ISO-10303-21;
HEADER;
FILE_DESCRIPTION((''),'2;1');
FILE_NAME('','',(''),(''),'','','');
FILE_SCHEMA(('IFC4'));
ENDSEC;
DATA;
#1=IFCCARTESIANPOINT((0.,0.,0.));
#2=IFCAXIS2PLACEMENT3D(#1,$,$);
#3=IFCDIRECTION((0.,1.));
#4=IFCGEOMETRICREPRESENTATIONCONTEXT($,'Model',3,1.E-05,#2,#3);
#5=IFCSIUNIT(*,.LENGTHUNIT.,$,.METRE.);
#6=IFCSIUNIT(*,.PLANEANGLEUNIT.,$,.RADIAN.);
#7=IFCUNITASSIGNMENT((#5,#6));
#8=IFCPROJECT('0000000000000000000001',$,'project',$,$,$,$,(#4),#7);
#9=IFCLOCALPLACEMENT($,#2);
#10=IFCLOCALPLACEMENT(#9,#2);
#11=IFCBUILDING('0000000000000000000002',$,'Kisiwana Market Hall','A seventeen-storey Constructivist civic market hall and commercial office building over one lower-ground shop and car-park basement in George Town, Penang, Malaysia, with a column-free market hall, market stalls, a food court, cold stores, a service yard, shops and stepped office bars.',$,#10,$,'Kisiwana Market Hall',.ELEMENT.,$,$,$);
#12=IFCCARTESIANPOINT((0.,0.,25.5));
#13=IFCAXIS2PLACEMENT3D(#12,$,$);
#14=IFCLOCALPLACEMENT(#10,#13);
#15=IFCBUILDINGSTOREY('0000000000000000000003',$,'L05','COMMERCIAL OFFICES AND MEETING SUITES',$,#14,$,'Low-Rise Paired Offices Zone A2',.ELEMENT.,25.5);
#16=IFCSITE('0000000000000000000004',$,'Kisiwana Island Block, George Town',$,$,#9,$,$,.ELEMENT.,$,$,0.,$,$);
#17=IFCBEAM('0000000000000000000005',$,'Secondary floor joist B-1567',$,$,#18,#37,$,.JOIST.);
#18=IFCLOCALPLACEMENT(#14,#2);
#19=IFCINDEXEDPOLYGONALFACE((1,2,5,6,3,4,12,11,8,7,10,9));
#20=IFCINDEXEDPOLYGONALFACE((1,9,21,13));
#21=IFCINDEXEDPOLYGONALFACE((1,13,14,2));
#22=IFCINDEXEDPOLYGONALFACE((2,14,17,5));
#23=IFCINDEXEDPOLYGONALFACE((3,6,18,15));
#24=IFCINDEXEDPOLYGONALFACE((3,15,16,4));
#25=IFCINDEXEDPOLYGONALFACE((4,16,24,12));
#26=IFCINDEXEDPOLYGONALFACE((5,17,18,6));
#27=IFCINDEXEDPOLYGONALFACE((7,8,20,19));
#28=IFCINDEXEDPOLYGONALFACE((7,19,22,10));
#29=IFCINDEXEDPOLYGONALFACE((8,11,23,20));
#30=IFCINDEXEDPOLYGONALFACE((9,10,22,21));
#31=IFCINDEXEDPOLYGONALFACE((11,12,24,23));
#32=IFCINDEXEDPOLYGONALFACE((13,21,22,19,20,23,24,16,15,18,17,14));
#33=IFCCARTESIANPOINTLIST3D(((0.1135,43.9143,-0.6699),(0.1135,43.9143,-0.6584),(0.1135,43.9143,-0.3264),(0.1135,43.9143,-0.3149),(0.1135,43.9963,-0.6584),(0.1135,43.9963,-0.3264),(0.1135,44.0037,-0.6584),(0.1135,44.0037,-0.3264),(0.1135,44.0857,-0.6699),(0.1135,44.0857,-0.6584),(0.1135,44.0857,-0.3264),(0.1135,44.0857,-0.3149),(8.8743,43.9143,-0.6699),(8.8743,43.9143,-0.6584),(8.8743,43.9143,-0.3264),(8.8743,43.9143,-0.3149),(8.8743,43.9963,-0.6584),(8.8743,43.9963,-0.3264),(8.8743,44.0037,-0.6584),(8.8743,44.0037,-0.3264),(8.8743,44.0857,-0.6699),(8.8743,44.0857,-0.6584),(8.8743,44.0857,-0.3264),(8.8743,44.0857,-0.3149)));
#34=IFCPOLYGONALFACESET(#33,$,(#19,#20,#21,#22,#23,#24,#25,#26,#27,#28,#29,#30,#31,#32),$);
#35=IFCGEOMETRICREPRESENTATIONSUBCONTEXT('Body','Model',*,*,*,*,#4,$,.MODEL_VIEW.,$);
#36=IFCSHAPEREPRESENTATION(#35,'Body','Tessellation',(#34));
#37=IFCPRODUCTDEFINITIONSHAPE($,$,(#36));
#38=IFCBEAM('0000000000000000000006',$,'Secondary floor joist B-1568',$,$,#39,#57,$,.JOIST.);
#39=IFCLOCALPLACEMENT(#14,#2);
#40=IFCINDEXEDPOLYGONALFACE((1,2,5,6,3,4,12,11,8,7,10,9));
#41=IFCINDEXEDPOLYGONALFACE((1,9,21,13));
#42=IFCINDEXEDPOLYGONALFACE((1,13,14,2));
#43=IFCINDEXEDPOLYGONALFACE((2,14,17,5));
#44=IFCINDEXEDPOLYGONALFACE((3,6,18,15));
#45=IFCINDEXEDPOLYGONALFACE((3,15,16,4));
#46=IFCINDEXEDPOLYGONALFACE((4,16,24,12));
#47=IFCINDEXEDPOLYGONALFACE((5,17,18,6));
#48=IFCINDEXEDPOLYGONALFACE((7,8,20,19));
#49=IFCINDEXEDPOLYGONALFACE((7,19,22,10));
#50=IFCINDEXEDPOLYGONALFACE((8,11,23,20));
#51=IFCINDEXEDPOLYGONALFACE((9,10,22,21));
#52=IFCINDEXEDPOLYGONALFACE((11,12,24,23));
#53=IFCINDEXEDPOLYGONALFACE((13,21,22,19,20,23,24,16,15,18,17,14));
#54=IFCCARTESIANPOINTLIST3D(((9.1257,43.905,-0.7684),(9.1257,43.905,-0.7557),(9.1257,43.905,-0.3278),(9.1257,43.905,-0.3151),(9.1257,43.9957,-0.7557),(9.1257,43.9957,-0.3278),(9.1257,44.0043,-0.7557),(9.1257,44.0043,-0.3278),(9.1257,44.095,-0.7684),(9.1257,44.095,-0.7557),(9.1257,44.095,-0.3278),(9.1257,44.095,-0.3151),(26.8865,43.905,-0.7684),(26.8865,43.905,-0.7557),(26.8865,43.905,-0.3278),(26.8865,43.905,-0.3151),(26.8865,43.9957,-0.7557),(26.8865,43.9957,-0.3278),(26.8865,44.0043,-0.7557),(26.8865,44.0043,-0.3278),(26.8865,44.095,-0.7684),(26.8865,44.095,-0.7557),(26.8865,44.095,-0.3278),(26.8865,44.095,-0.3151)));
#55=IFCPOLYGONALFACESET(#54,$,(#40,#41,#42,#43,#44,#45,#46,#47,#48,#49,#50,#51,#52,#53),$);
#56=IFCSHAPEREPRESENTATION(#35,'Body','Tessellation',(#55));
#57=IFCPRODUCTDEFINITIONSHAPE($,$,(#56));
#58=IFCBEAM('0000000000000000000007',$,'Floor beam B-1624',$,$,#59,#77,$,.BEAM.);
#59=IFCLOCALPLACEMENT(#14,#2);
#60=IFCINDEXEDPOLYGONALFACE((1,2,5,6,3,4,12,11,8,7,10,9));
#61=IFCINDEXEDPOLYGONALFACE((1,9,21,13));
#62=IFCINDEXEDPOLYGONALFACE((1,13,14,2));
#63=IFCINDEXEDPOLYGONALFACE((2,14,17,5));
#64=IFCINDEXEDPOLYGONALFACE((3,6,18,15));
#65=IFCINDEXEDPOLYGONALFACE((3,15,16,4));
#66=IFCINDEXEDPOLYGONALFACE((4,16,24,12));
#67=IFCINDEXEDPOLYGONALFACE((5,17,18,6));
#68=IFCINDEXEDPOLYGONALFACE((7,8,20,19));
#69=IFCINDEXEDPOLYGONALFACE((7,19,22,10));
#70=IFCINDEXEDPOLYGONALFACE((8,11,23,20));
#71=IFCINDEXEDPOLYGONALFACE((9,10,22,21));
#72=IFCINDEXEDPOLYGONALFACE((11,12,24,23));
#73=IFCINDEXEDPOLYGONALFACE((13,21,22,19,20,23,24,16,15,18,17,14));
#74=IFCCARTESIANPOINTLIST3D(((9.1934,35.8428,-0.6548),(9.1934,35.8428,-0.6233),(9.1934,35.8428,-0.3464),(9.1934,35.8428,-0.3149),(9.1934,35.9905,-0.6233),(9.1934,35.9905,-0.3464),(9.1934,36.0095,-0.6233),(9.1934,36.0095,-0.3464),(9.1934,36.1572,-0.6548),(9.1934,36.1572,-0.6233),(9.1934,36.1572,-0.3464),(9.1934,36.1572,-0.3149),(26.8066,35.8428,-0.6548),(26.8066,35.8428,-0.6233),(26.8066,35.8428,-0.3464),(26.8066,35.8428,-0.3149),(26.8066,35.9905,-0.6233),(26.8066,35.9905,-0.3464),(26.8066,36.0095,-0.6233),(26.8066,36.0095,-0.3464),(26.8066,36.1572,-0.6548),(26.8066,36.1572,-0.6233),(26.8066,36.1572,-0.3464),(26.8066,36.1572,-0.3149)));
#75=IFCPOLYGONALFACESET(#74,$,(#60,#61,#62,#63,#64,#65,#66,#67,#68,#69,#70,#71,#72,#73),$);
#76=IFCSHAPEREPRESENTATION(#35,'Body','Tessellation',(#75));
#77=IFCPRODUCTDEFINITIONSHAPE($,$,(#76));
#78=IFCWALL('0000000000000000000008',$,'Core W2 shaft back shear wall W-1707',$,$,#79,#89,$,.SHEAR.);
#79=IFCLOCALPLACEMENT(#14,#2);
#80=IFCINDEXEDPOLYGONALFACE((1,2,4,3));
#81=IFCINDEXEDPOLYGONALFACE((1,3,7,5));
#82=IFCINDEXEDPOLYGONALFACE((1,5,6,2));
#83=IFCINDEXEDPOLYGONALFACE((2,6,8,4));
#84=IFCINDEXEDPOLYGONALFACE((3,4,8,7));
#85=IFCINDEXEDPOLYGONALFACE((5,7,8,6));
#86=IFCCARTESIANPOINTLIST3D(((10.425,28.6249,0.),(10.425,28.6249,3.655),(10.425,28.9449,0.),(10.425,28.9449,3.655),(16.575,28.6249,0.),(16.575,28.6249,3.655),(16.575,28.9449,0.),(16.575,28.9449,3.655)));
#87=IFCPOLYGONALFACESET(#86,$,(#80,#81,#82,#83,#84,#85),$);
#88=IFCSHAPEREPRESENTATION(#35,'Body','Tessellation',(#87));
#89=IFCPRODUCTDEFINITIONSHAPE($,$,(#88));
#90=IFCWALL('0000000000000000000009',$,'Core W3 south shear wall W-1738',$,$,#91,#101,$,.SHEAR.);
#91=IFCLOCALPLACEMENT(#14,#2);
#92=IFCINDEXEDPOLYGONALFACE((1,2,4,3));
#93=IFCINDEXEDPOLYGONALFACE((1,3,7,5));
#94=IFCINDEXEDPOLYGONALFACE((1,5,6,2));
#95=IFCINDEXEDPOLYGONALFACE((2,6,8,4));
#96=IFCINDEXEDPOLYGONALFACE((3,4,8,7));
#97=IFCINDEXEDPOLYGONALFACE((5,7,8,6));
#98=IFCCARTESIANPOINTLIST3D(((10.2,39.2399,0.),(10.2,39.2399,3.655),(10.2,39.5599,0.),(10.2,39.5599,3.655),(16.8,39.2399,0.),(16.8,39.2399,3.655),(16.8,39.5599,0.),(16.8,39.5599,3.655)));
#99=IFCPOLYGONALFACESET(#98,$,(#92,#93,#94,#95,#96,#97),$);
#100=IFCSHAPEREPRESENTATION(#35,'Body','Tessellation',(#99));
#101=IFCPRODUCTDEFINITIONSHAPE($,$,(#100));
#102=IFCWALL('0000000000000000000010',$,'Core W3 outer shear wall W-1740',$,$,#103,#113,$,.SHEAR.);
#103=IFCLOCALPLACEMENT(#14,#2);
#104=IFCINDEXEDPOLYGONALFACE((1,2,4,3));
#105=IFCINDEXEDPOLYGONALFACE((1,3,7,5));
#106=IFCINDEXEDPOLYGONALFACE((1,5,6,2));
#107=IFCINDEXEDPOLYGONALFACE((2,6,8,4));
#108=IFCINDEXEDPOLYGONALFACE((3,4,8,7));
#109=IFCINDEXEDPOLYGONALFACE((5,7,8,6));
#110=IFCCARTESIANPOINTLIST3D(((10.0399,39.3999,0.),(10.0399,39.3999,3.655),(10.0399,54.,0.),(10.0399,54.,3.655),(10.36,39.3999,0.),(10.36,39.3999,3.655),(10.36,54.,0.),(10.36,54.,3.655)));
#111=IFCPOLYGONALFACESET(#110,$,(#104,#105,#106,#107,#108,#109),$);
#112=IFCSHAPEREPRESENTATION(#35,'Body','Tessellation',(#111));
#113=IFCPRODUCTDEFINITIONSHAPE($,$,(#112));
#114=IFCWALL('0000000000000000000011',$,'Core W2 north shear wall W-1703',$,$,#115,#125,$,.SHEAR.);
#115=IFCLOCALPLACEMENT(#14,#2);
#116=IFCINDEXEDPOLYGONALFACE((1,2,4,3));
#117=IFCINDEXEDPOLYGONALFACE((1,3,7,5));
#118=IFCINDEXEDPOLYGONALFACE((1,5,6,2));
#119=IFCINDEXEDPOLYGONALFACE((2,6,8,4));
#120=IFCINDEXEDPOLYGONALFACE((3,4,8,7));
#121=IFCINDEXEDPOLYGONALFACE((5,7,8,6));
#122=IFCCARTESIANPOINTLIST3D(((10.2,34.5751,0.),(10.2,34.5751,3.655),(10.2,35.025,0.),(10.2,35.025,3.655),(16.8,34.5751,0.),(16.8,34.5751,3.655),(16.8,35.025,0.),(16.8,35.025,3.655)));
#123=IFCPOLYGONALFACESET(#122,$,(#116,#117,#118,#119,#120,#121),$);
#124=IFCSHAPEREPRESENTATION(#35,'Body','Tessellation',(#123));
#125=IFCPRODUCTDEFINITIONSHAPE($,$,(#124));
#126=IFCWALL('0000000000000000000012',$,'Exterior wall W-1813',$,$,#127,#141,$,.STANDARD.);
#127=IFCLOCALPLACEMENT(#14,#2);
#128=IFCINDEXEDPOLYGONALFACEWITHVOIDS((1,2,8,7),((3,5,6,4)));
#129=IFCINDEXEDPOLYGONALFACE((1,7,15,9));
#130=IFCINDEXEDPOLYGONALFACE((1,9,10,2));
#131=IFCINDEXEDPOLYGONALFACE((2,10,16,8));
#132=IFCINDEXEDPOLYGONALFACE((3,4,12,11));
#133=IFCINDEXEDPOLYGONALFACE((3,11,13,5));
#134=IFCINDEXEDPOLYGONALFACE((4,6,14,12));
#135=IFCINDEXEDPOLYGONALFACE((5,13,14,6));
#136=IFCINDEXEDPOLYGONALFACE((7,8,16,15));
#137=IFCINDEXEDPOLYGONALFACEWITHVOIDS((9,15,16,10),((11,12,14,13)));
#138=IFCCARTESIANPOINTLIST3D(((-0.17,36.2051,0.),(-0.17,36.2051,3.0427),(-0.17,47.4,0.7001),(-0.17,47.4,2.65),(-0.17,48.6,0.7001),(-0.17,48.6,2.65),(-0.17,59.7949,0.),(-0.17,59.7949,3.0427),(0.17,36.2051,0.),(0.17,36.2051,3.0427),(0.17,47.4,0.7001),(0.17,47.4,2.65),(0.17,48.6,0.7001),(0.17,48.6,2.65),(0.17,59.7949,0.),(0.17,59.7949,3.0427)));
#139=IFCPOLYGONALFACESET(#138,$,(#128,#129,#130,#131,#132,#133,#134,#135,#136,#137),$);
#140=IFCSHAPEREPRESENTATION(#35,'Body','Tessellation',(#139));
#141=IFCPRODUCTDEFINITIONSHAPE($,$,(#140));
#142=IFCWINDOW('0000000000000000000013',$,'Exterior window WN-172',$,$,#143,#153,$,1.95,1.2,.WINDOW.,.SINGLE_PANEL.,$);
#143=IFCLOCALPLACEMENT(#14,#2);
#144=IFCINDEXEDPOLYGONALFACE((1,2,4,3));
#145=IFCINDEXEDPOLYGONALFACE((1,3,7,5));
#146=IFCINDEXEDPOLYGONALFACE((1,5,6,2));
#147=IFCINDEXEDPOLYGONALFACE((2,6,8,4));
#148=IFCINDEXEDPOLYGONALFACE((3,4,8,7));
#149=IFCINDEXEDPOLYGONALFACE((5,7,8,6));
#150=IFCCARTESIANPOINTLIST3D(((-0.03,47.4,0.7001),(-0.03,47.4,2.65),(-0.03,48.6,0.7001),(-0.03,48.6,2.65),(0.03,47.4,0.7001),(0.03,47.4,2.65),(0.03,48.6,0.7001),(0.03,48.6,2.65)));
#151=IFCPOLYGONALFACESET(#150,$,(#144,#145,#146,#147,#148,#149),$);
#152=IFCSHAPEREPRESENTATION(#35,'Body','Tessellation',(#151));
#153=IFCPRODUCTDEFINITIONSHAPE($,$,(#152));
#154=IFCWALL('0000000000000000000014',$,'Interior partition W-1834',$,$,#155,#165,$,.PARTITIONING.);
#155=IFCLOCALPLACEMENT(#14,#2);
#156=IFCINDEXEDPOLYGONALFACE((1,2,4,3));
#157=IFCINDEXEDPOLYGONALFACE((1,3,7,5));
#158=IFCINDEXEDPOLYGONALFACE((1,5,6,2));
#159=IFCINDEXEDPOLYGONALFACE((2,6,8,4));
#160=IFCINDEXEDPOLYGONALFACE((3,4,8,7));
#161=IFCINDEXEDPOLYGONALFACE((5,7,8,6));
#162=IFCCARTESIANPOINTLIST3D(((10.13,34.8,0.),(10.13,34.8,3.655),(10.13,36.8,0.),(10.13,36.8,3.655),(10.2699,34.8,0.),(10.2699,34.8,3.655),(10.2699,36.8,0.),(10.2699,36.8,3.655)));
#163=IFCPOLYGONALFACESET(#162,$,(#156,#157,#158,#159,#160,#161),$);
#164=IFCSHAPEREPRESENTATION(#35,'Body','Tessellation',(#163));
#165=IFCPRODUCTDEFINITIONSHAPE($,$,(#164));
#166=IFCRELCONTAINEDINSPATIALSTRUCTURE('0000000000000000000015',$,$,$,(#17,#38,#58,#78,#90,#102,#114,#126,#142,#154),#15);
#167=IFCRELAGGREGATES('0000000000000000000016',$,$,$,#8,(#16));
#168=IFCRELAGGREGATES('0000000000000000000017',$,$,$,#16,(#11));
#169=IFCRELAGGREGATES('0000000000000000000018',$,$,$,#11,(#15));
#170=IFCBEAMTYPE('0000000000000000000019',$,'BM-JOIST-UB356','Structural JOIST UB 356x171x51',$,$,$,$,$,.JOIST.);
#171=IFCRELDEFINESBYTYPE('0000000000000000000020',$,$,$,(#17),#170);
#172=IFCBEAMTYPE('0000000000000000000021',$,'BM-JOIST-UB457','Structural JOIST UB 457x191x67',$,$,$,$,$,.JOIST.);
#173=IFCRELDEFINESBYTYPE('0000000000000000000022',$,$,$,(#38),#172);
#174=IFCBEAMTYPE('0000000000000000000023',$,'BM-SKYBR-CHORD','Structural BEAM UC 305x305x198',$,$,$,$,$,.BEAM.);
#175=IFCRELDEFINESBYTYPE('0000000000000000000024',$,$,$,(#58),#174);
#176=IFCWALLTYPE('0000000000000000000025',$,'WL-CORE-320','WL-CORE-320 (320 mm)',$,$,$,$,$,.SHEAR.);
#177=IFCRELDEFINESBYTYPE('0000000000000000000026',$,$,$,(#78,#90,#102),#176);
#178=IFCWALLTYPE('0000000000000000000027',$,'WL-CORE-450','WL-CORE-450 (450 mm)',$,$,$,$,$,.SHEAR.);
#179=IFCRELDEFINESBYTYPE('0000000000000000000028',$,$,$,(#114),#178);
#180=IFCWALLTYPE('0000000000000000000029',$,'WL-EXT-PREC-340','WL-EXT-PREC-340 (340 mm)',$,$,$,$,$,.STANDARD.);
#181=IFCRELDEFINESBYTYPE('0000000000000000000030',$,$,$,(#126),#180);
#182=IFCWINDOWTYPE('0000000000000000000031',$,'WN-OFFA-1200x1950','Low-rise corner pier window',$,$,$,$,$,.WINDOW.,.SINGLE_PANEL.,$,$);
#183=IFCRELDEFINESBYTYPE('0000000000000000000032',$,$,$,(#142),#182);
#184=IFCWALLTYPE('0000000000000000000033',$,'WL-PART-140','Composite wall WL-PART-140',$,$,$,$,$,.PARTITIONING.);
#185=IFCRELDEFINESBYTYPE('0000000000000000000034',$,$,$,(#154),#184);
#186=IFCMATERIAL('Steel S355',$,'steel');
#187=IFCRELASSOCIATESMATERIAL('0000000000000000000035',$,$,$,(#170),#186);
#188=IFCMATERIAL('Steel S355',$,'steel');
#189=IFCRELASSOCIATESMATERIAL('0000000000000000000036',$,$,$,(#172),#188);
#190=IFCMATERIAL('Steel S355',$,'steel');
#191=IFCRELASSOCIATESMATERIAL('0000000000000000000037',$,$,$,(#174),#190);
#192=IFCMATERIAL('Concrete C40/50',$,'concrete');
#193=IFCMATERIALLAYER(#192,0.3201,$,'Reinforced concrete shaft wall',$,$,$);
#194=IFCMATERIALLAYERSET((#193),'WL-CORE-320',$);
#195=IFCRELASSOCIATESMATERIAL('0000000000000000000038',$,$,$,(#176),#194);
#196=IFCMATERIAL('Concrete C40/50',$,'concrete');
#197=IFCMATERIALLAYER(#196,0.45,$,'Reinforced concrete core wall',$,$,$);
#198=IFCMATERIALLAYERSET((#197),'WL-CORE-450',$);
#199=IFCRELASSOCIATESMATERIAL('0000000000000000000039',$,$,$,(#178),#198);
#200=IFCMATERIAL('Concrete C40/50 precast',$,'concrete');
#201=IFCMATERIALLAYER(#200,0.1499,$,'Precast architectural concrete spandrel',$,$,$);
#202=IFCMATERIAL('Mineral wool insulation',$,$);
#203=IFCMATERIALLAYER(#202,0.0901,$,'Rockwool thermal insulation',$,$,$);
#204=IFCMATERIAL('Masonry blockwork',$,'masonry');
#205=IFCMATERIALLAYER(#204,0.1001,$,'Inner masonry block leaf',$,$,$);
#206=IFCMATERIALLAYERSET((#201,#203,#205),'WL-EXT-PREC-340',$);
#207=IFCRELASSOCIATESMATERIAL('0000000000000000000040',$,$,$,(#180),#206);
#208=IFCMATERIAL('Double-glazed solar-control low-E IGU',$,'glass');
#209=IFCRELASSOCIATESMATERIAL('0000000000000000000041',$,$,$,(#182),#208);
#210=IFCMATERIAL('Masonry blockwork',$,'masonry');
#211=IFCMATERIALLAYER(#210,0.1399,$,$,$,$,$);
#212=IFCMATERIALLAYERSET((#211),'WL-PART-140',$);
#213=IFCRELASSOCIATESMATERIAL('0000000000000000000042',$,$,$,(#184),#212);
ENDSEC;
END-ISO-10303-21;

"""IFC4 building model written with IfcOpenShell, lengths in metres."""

from ifc_helpers import new_model, si_unit, direction, frame, frame_2d, origin, origin_2d, place, context, subcontext, project, spatial, rectangle, i_section, extrude, material, layer, layer_set, material_profile, profile_set, type_object, element, fill, save


model = new_model("IFC4")

# Units and contexts
model_context = context("Model", 3, precision=1e-05, world=origin(), true_north=direction((0.0, 1.0)))
body_context = subcontext(model_context, "Body", "Model", "MODEL_VIEW")
ifc_project = project(units=[si_unit("LENGTHUNIT", "METRE"), si_unit("PLANEANGLEUNIT", "RADIAN")], contexts=[model_context])

# Site, building, storey
site_placement = place(None, origin())
site = spatial("IfcSite", under=ifc_project, at=site_placement, Name="Kisiwana Island Block, George Town", CompositionType="ELEMENT", RefElevation=0.0)
building_placement = place(site_placement, origin())
building = spatial("IfcBuilding", under=site, at=building_placement, Name="Kisiwana Market Hall", Description="A seventeen-storey Constructivist civic market hall and commercial office building over one lower-ground shop and car-park basement in George Town, Penang, Malaysia, with a column-free market hall, market stalls, a food court, cold stores, a service yard, shops and stepped office bars.", LongName="Kisiwana Market Hall", CompositionType="ELEMENT")
storey_placement = place(building_placement, frame((0.0, 0.0, 25.5)))
storey = spatial("IfcBuildingStorey", under=building, at=storey_placement, Name="L05", Description="COMMERCIAL OFFICES AND MEETING SUITES", LongName="Low-Rise Paired Offices Zone A2", CompositionType="ELEMENT", Elevation=25.5)

# Beams
ifc_material_1 = material(Name="Steel S355", Category="steel")
ifc_material_profile_1 = material_profile(ifc_material_1, i_section(OverallWidth=0.1714, OverallDepth=0.355, WebThickness=0.0073, FlangeThickness=0.0115, at=origin_2d()), Name="UB 356x171x51")
ifc_profile_set_1 = profile_set([ifc_material_profile_1], Name="Steel S355")
beam_type_1 = type_object("IfcBeamType", Name="BM-JOIST-UB356", Description="Structural JOIST UB 356x171x51", PredefinedType="JOIST", material=ifc_profile_set_1)
beam_1_placement = place(storey_placement, frame((0.1135, 44.0, -0.4924), z_axis=(1.0, 0.0, 0.0), x_axis=(0.0, 1.0, 0.0)))
element("IfcBeam", 1, at=beam_1_placement, inside=storey, type_object=beam_type_1, Name="Secondary floor joist B-1567", PredefinedType="JOIST", context=body_context, shape_type="SweptSolid", body=[
    extrude(i_section(OverallWidth=0.1714, OverallDepth=0.355, WebThickness=0.0073, FlangeThickness=0.0115, at=origin_2d()), origin(), (0.0, 0.0, 1.0), 8.7607),
])
ifc_material_2 = material(Name="Steel S355", Category="steel")
ifc_material_profile_2 = material_profile(ifc_material_2, i_section(OverallWidth=0.1899, OverallDepth=0.4534, WebThickness=0.0085, FlangeThickness=0.0127, at=origin_2d()), Name="UB 457x191x67")
ifc_profile_set_2 = profile_set([ifc_material_profile_2], Name="Steel S355")
beam_type_2 = type_object("IfcBeamType", Name="BM-JOIST-UB457", Description="Structural JOIST UB 457x191x67", PredefinedType="JOIST", material=ifc_profile_set_2)
beam_2_placement = place(storey_placement, frame((9.1257, 44.0, -0.5417), z_axis=(1.0, 0.0, 0.0), x_axis=(0.0, 1.0, 0.0)))
element("IfcBeam", 2, at=beam_2_placement, inside=storey, type_object=beam_type_2, Name="Secondary floor joist B-1568", PredefinedType="JOIST", context=body_context, shape_type="SweptSolid", body=[
    extrude(i_section(OverallWidth=0.1899, OverallDepth=0.4534, WebThickness=0.0085, FlangeThickness=0.0127, at=origin_2d()), origin(), (0.0, 0.0, 1.0), 17.7607),
])
ifc_material_3 = material(Name="Steel S355", Category="steel")
ifc_material_profile_3 = material_profile(ifc_material_3, i_section(OverallWidth=0.3145, OverallDepth=0.3398, WebThickness=0.019, FlangeThickness=0.0315, at=origin_2d()), Name="UC 305x305x198")
ifc_profile_set_3 = profile_set([ifc_material_profile_3], Name="Steel S355")
beam_type_3 = type_object("IfcBeamType", Name="BM-SKYBR-CHORD", Description="Structural BEAM UC 305x305x198", PredefinedType="BEAM", material=ifc_profile_set_3)
beam_3_placement = place(storey_placement, frame((9.1934, 36.0, -0.4849), z_axis=(1.0, 0.0, 0.0), x_axis=(0.0, 1.0, 0.0)))
element("IfcBeam", 3, at=beam_3_placement, inside=storey, type_object=beam_type_3, Name="Floor beam B-1624", PredefinedType="BEAM", context=body_context, shape_type="SweptSolid", body=[
    extrude(i_section(OverallWidth=0.3145, OverallDepth=0.3398, WebThickness=0.019, FlangeThickness=0.0315, at=origin_2d()), origin(), (0.0, 0.0, 1.0), 17.6133),
])

# Walls
ifc_material_4 = material(Name="Concrete C40/50", Category="concrete")
ifc_layer_1 = layer(ifc_material_4, 0.3201, Name="Reinforced concrete shaft wall")
ifc_layer_set_1 = layer_set([ifc_layer_1], Name="WL-CORE-320")
wall_type_1 = type_object("IfcWallType", Name="WL-CORE-320", Description="WL-CORE-320 (320 mm)", PredefinedType="SHEAR", material=ifc_layer_set_1)
wall_1_placement = place(storey_placement, frame((10.425, 28.7849, 0.0), z_axis=(0.0, 0.0, 1.0), x_axis=(1.0, 0.0, 0.0)))
element("IfcWall", 4, at=wall_1_placement, inside=storey, type_object=wall_type_1, Name="Core W2 shaft back shear wall W-1707", PredefinedType="SHEAR", context=body_context, shape_type="SweptSolid", body=[
    extrude(rectangle(XDim=6.1499, YDim=0.3201, at=frame_2d((3.075, 0.0))), origin(), (0.0, 0.0, 1.0), 3.655),
])
wall_2_placement = place(storey_placement, frame((10.2, 39.3999, 0.0), z_axis=(0.0, 0.0, 1.0), x_axis=(1.0, 0.0, 0.0)))
element("IfcWall", 5, at=wall_2_placement, inside=storey, type_object=wall_type_1, Name="Core W3 south shear wall W-1738", PredefinedType="SHEAR", context=body_context, shape_type="SweptSolid", body=[
    extrude(rectangle(XDim=6.6001, YDim=0.3201, at=frame_2d((3.3, 0.0))), origin(), (0.0, 0.0, 1.0), 3.655),
])
wall_3_placement = place(storey_placement, frame((10.2, 39.3999, 0.0), z_axis=(0.0, 0.0, 1.0), x_axis=(0.0, 1.0, 0.0)))
element("IfcWall", 6, at=wall_3_placement, inside=storey, type_object=wall_type_1, Name="Core W3 outer shear wall W-1740", PredefinedType="SHEAR", context=body_context, shape_type="SweptSolid", body=[
    extrude(rectangle(XDim=14.6001, YDim=0.3201, at=frame_2d((7.3, 0.0))), origin(), (0.0, 0.0, 1.0), 3.655),
])
ifc_material_5 = material(Name="Concrete C40/50", Category="concrete")
ifc_layer_2 = layer(ifc_material_5, 0.45, Name="Reinforced concrete core wall")
ifc_layer_set_2 = layer_set([ifc_layer_2], Name="WL-CORE-450")
wall_type_2 = type_object("IfcWallType", Name="WL-CORE-450", Description="WL-CORE-450 (450 mm)", PredefinedType="SHEAR", material=ifc_layer_set_2)
wall_4_placement = place(storey_placement, frame((10.2, 34.8, 0.0), z_axis=(0.0, 0.0, 1.0), x_axis=(1.0, 0.0, 0.0)))
element("IfcWall", 7, at=wall_4_placement, inside=storey, type_object=wall_type_2, Name="Core W2 north shear wall W-1703", PredefinedType="SHEAR", context=body_context, shape_type="SweptSolid", body=[
    extrude(rectangle(XDim=6.6001, YDim=0.45, at=frame_2d((3.3, 0.0))), origin(), (0.0, 0.0, 1.0), 3.655),
])

# Wall, opening, window
ifc_material_6 = material(Name="Concrete C40/50 precast", Category="concrete")
ifc_layer_3 = layer(ifc_material_6, 0.1499, Name="Precast architectural concrete spandrel")
ifc_material_7 = material(Name="Mineral wool insulation")
ifc_layer_4 = layer(ifc_material_7, 0.0901, Name="Rockwool thermal insulation")
ifc_material_8 = material(Name="Masonry blockwork", Category="masonry")
ifc_layer_5 = layer(ifc_material_8, 0.1001, Name="Inner masonry block leaf")
ifc_layer_set_3 = layer_set([ifc_layer_3, ifc_layer_4, ifc_layer_5], Name="WL-EXT-PREC-340")
wall_type_3 = type_object("IfcWallType", Name="WL-EXT-PREC-340", Description="WL-EXT-PREC-340 (340 mm)", PredefinedType="STANDARD", material=ifc_layer_set_3)
wall_5_placement = place(storey_placement, frame((0.0, 36.2051, 0.0), z_axis=(0.0, 0.0, 1.0), x_axis=(0.0, 1.0, 0.0)))
wall_5 = element("IfcWall", 8, at=wall_5_placement, inside=storey, type_object=wall_type_3, Name="Exterior wall W-1813", PredefinedType="STANDARD", context=body_context, shape_type="SweptSolid", body=[
    extrude(rectangle(XDim=23.5898, YDim=0.3401, at=frame_2d((11.7949, 0.0))), origin(), (0.0, 0.0, 1.0), 3.0427),
])
opening_1_placement = place(wall_5_placement, frame((11.1948, 0.0, 0.7)))
opening_1 = element("IfcOpeningElement", 9, at=opening_1_placement, cuts=wall_5, PredefinedType="OPENING", context=body_context, shape_type="SweptSolid", body=[
    extrude(rectangle(XDim=1.2, YDim=1.95, at=frame_2d((0.6001, 0.9751))), frame((0.0, 0.1821, 0.0), z_axis=(0.0, -1.0, 0.0), x_axis=(1.0, 0.0, 0.0)), (0.0, 0.0, 1.0), 0.364),
])
ifc_material_9 = material(Name="Double-glazed solar-control low-E IGU", Category="glass")
window_type = type_object("IfcWindowType", Name="WN-OFFA-1200x1950", Description="Low-rise corner pier window", PartitioningType="SINGLE_PANEL", PredefinedType="WINDOW", material=ifc_material_9)
window_placement = place(opening_1_placement, origin())
window = element("IfcWindow", 10, at=window_placement, inside=storey, type_object=window_type, Name="Exterior window WN-172", OverallHeight=1.95, OverallWidth=1.2, PartitioningType="SINGLE_PANEL", PredefinedType="WINDOW", context=body_context, shape_type="SweptSolid", body=[
    extrude(rectangle(XDim=1.2, YDim=1.95, at=frame_2d((0.6001, 0.9751))), frame((0.0, 0.03, 0.0), z_axis=(0.0, -1.0, 0.0), x_axis=(1.0, 0.0, 0.0)), (0.0, 0.0, 1.0), 0.0601),
])
fill(opening_1, window)

# Wall
ifc_material_10 = material(Name="Masonry blockwork", Category="masonry")
ifc_layer_6 = layer(ifc_material_10, 0.1399)
ifc_layer_set_4 = layer_set([ifc_layer_6], Name="WL-PART-140")
wall_type_4 = type_object("IfcWallType", Name="WL-PART-140", Description="Composite wall WL-PART-140", PredefinedType="PARTITIONING", material=ifc_layer_set_4)
wall_6_placement = place(storey_placement, frame((10.2, 34.8, 0.0), z_axis=(0.0, 0.0, 1.0), x_axis=(0.0, 1.0, 0.0)))
element("IfcWall", 11, at=wall_6_placement, inside=storey, type_object=wall_type_4, Name="Interior partition W-1834", PredefinedType="PARTITIONING", context=body_context, shape_type="SweptSolid", body=[
    extrude(rectangle(XDim=2.0, YDim=0.1399, at=frame_2d((1.0, 0.0))), origin(), (0.0, 0.0, 1.0), 3.655),
])

save(model, "model.ifc")
